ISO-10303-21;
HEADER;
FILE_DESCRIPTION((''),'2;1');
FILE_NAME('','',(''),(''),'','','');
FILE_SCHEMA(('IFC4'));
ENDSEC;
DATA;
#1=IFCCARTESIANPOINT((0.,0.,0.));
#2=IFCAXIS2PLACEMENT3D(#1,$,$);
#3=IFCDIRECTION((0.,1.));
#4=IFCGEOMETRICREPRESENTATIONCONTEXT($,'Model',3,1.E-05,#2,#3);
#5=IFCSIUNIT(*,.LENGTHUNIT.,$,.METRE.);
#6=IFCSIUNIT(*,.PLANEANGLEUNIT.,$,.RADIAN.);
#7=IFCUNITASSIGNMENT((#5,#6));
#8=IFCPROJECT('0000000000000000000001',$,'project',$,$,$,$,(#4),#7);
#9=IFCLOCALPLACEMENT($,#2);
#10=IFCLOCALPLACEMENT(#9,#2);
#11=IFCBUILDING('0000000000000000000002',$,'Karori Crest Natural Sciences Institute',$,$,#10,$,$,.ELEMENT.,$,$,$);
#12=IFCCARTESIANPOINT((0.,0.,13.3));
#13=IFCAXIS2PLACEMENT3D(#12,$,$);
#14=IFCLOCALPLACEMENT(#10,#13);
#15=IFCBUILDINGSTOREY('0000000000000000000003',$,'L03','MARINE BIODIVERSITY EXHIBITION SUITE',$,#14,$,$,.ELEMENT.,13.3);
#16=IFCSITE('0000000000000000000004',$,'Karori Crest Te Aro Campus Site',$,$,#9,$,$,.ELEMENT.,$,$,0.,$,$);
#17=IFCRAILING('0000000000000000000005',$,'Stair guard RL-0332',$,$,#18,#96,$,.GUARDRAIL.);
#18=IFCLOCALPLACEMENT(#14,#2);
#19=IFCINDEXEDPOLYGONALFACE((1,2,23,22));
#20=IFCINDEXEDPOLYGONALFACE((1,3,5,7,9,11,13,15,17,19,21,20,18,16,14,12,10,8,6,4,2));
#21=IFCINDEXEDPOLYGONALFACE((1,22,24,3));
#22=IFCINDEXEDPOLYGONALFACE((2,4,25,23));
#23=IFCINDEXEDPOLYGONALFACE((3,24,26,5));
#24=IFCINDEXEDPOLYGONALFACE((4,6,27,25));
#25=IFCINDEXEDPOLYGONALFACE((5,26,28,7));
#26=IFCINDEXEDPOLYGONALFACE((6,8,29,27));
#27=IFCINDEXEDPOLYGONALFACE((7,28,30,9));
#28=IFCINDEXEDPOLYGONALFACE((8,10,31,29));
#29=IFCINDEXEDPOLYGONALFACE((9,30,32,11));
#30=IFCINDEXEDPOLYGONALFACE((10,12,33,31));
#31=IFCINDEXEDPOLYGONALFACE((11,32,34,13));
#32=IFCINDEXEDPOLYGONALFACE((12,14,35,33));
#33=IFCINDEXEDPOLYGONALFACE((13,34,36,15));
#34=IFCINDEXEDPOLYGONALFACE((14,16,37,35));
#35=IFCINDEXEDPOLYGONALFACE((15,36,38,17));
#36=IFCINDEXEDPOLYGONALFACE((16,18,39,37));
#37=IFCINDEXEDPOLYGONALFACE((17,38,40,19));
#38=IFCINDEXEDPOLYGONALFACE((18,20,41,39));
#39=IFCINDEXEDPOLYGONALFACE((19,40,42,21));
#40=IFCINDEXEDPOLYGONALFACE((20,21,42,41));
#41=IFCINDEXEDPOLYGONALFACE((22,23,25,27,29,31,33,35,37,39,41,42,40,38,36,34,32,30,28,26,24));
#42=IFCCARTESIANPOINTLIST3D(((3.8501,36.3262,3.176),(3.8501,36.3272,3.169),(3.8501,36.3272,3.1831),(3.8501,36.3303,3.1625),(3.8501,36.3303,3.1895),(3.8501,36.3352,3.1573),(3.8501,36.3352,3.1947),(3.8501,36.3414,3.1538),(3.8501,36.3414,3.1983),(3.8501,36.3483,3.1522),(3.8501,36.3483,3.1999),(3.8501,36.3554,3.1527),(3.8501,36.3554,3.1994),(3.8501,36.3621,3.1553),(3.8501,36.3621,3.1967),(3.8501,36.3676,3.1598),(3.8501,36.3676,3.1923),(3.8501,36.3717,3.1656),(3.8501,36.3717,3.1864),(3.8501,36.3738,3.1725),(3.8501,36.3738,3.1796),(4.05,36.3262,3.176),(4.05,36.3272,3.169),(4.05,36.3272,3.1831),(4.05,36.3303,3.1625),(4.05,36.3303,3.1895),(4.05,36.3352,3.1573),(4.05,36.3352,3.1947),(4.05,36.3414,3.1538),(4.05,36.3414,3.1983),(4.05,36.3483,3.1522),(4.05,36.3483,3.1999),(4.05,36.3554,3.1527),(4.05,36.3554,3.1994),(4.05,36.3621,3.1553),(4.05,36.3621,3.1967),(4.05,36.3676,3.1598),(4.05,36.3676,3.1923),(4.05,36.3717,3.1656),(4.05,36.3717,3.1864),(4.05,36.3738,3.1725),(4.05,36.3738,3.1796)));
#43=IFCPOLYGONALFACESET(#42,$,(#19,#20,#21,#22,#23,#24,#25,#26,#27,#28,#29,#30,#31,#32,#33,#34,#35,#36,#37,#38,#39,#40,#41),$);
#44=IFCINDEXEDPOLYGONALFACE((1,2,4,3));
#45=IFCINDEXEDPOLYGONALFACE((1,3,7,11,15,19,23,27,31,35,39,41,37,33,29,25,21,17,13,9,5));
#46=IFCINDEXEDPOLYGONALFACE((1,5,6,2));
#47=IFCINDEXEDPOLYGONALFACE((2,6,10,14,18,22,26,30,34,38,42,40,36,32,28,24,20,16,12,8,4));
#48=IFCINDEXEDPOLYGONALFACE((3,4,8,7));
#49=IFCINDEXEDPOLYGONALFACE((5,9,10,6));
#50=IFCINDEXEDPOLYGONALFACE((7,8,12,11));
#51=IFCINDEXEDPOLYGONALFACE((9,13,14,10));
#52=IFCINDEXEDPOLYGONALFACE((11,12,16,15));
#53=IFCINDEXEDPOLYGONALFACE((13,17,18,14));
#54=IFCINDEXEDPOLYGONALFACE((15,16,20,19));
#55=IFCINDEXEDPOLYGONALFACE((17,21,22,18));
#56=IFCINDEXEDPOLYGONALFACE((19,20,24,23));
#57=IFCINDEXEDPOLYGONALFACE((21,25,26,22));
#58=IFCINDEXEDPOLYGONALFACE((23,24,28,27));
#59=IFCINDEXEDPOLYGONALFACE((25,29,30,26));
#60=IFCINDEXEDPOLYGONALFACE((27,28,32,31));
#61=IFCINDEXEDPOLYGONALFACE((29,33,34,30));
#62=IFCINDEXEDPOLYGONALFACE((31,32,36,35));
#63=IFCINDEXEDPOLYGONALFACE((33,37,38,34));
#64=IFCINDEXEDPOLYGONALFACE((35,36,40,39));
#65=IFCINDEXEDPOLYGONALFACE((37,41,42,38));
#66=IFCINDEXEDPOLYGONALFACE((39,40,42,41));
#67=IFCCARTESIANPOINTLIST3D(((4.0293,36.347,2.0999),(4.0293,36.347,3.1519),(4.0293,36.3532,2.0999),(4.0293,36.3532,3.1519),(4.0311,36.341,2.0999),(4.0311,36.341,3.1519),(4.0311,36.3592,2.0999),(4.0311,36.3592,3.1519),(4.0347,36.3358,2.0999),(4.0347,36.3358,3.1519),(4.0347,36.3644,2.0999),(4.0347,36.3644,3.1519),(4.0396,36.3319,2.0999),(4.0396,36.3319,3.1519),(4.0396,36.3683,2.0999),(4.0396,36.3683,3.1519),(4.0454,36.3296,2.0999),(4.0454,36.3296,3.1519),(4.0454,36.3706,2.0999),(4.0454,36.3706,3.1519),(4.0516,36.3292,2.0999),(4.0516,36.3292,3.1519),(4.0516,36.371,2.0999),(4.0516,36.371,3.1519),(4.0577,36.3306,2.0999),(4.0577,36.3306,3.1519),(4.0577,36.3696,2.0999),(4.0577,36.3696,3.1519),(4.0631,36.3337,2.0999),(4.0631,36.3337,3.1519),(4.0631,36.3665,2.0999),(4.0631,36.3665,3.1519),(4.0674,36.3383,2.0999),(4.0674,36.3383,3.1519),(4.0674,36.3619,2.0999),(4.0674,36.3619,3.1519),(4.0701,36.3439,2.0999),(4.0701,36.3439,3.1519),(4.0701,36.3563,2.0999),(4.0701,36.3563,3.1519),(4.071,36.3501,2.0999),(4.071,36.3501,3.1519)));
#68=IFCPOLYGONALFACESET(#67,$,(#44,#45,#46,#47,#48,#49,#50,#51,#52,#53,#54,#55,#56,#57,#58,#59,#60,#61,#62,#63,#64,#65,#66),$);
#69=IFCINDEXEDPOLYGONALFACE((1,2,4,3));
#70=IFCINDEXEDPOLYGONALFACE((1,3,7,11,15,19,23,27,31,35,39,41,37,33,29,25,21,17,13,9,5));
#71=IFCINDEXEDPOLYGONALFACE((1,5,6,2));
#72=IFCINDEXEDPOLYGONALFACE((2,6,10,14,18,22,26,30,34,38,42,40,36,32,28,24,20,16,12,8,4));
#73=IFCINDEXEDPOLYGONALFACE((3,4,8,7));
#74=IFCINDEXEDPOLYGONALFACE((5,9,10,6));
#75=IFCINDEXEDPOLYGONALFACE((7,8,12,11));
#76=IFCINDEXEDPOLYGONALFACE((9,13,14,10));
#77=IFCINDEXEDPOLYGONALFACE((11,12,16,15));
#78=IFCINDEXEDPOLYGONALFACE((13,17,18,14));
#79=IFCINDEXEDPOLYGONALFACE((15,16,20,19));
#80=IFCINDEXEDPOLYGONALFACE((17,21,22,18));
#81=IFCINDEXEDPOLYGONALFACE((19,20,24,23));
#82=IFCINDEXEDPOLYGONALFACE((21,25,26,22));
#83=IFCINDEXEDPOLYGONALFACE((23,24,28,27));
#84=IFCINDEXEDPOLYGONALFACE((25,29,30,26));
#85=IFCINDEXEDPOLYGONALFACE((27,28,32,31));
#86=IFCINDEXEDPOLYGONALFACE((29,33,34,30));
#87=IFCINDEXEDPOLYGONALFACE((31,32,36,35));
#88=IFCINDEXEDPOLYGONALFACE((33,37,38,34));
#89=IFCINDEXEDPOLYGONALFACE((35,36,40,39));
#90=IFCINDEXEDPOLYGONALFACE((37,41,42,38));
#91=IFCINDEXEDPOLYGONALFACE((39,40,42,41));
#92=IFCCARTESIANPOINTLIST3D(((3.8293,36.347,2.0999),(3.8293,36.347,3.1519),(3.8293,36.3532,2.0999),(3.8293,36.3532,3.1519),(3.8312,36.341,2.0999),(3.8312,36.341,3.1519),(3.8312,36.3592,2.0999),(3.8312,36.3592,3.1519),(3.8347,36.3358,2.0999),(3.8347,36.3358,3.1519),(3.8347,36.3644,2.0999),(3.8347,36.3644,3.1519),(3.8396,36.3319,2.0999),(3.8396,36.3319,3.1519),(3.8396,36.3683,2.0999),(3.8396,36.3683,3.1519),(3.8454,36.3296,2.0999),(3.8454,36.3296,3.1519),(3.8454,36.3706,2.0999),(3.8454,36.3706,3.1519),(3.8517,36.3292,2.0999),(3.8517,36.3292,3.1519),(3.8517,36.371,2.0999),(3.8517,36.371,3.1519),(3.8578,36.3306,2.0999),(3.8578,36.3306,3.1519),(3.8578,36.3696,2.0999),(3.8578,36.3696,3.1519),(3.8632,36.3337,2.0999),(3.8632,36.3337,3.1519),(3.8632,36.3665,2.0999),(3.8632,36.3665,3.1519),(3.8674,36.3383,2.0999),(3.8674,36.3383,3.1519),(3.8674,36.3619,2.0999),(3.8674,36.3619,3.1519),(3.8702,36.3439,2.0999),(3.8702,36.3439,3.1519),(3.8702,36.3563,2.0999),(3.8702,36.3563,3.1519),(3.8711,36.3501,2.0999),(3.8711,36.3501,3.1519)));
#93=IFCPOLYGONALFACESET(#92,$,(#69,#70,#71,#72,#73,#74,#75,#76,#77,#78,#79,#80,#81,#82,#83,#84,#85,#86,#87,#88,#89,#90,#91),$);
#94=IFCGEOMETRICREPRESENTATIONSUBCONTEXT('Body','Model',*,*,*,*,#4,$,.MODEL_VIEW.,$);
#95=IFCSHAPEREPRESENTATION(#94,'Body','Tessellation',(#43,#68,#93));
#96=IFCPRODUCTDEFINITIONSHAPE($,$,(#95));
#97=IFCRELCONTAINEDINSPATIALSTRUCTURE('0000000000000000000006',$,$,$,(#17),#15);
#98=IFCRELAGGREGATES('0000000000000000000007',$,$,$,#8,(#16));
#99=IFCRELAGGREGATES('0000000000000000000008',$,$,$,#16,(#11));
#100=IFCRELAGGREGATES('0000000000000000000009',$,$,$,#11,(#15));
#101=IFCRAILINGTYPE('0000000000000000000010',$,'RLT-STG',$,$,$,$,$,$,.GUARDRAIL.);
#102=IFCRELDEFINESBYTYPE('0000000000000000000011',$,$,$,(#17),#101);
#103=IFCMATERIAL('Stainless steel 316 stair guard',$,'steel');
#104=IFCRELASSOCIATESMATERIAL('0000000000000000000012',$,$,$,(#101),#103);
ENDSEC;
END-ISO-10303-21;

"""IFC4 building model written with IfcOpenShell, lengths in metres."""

from ifc_helpers import new_model, si_unit, direction, frame, origin, origin_2d, place, context, subcontext, project, spatial, circle, extrude, material, type_object, element, save


model = new_model("IFC4")

# Units and contexts
model_context = context("Model", 3, precision=1e-05, world=origin(), true_north=direction((0.0, 1.0)))
body_context = subcontext(model_context, "Body", "Model", "MODEL_VIEW")
ifc_project = project(units=[si_unit("LENGTHUNIT", "METRE"), si_unit("PLANEANGLEUNIT", "RADIAN")], contexts=[model_context])

# Site, building, storey
site_placement = place(None, origin())
site = spatial("IfcSite", under=ifc_project, at=site_placement, Name="Karori Crest Te Aro Campus Site", CompositionType="ELEMENT", RefElevation=0.0)
building_placement = place(site_placement, origin())
building = spatial("IfcBuilding", under=site, at=building_placement, Name="Karori Crest Natural Sciences Institute", CompositionType="ELEMENT")
storey_placement = place(building_placement, frame((0.0, 0.0, 13.3)))
storey = spatial("IfcBuildingStorey", under=building, at=storey_placement, Name="L03", Description="MARINE BIODIVERSITY EXHIBITION SUITE", CompositionType="ELEMENT", Elevation=13.3)

# Railing
ifc_material_1 = material(Name="Stainless steel 316 stair guard", Category="steel")
railing_type_1 = type_object("IfcRailingType", Name="RLT-STG", PredefinedType="GUARDRAIL", material=ifc_material_1)
railing_1_placement = place(storey_placement, frame((4.05, 36.3501, 2.0999)))
element("IfcRailing", 1, at=railing_1_placement, inside=storey, type_object=railing_type_1, Name="Stair guard RL-0332", PredefinedType="GUARDRAIL", context=body_context, shape_type="SweptSolid", body=[
    extrude(circle(Radius=0.0239, at=origin_2d()), frame((0.0, 0.0, 1.0762), z_axis=(-1.0, 0.0, 0.0), x_axis=(0.0, -1.0, 0.0)), (0.0, 0.0, 1.0), 0.2),
    extrude(circle(Radius=0.021, at=origin_2d()), origin(), (0.0, 0.0, 1.0), 1.052),
    extrude(circle(Radius=0.021, at=origin_2d()), frame((-0.2, 0.0, 0.0)), (0.0, 0.0, 1.0), 1.052),
])

save(model, "model.ifc")
